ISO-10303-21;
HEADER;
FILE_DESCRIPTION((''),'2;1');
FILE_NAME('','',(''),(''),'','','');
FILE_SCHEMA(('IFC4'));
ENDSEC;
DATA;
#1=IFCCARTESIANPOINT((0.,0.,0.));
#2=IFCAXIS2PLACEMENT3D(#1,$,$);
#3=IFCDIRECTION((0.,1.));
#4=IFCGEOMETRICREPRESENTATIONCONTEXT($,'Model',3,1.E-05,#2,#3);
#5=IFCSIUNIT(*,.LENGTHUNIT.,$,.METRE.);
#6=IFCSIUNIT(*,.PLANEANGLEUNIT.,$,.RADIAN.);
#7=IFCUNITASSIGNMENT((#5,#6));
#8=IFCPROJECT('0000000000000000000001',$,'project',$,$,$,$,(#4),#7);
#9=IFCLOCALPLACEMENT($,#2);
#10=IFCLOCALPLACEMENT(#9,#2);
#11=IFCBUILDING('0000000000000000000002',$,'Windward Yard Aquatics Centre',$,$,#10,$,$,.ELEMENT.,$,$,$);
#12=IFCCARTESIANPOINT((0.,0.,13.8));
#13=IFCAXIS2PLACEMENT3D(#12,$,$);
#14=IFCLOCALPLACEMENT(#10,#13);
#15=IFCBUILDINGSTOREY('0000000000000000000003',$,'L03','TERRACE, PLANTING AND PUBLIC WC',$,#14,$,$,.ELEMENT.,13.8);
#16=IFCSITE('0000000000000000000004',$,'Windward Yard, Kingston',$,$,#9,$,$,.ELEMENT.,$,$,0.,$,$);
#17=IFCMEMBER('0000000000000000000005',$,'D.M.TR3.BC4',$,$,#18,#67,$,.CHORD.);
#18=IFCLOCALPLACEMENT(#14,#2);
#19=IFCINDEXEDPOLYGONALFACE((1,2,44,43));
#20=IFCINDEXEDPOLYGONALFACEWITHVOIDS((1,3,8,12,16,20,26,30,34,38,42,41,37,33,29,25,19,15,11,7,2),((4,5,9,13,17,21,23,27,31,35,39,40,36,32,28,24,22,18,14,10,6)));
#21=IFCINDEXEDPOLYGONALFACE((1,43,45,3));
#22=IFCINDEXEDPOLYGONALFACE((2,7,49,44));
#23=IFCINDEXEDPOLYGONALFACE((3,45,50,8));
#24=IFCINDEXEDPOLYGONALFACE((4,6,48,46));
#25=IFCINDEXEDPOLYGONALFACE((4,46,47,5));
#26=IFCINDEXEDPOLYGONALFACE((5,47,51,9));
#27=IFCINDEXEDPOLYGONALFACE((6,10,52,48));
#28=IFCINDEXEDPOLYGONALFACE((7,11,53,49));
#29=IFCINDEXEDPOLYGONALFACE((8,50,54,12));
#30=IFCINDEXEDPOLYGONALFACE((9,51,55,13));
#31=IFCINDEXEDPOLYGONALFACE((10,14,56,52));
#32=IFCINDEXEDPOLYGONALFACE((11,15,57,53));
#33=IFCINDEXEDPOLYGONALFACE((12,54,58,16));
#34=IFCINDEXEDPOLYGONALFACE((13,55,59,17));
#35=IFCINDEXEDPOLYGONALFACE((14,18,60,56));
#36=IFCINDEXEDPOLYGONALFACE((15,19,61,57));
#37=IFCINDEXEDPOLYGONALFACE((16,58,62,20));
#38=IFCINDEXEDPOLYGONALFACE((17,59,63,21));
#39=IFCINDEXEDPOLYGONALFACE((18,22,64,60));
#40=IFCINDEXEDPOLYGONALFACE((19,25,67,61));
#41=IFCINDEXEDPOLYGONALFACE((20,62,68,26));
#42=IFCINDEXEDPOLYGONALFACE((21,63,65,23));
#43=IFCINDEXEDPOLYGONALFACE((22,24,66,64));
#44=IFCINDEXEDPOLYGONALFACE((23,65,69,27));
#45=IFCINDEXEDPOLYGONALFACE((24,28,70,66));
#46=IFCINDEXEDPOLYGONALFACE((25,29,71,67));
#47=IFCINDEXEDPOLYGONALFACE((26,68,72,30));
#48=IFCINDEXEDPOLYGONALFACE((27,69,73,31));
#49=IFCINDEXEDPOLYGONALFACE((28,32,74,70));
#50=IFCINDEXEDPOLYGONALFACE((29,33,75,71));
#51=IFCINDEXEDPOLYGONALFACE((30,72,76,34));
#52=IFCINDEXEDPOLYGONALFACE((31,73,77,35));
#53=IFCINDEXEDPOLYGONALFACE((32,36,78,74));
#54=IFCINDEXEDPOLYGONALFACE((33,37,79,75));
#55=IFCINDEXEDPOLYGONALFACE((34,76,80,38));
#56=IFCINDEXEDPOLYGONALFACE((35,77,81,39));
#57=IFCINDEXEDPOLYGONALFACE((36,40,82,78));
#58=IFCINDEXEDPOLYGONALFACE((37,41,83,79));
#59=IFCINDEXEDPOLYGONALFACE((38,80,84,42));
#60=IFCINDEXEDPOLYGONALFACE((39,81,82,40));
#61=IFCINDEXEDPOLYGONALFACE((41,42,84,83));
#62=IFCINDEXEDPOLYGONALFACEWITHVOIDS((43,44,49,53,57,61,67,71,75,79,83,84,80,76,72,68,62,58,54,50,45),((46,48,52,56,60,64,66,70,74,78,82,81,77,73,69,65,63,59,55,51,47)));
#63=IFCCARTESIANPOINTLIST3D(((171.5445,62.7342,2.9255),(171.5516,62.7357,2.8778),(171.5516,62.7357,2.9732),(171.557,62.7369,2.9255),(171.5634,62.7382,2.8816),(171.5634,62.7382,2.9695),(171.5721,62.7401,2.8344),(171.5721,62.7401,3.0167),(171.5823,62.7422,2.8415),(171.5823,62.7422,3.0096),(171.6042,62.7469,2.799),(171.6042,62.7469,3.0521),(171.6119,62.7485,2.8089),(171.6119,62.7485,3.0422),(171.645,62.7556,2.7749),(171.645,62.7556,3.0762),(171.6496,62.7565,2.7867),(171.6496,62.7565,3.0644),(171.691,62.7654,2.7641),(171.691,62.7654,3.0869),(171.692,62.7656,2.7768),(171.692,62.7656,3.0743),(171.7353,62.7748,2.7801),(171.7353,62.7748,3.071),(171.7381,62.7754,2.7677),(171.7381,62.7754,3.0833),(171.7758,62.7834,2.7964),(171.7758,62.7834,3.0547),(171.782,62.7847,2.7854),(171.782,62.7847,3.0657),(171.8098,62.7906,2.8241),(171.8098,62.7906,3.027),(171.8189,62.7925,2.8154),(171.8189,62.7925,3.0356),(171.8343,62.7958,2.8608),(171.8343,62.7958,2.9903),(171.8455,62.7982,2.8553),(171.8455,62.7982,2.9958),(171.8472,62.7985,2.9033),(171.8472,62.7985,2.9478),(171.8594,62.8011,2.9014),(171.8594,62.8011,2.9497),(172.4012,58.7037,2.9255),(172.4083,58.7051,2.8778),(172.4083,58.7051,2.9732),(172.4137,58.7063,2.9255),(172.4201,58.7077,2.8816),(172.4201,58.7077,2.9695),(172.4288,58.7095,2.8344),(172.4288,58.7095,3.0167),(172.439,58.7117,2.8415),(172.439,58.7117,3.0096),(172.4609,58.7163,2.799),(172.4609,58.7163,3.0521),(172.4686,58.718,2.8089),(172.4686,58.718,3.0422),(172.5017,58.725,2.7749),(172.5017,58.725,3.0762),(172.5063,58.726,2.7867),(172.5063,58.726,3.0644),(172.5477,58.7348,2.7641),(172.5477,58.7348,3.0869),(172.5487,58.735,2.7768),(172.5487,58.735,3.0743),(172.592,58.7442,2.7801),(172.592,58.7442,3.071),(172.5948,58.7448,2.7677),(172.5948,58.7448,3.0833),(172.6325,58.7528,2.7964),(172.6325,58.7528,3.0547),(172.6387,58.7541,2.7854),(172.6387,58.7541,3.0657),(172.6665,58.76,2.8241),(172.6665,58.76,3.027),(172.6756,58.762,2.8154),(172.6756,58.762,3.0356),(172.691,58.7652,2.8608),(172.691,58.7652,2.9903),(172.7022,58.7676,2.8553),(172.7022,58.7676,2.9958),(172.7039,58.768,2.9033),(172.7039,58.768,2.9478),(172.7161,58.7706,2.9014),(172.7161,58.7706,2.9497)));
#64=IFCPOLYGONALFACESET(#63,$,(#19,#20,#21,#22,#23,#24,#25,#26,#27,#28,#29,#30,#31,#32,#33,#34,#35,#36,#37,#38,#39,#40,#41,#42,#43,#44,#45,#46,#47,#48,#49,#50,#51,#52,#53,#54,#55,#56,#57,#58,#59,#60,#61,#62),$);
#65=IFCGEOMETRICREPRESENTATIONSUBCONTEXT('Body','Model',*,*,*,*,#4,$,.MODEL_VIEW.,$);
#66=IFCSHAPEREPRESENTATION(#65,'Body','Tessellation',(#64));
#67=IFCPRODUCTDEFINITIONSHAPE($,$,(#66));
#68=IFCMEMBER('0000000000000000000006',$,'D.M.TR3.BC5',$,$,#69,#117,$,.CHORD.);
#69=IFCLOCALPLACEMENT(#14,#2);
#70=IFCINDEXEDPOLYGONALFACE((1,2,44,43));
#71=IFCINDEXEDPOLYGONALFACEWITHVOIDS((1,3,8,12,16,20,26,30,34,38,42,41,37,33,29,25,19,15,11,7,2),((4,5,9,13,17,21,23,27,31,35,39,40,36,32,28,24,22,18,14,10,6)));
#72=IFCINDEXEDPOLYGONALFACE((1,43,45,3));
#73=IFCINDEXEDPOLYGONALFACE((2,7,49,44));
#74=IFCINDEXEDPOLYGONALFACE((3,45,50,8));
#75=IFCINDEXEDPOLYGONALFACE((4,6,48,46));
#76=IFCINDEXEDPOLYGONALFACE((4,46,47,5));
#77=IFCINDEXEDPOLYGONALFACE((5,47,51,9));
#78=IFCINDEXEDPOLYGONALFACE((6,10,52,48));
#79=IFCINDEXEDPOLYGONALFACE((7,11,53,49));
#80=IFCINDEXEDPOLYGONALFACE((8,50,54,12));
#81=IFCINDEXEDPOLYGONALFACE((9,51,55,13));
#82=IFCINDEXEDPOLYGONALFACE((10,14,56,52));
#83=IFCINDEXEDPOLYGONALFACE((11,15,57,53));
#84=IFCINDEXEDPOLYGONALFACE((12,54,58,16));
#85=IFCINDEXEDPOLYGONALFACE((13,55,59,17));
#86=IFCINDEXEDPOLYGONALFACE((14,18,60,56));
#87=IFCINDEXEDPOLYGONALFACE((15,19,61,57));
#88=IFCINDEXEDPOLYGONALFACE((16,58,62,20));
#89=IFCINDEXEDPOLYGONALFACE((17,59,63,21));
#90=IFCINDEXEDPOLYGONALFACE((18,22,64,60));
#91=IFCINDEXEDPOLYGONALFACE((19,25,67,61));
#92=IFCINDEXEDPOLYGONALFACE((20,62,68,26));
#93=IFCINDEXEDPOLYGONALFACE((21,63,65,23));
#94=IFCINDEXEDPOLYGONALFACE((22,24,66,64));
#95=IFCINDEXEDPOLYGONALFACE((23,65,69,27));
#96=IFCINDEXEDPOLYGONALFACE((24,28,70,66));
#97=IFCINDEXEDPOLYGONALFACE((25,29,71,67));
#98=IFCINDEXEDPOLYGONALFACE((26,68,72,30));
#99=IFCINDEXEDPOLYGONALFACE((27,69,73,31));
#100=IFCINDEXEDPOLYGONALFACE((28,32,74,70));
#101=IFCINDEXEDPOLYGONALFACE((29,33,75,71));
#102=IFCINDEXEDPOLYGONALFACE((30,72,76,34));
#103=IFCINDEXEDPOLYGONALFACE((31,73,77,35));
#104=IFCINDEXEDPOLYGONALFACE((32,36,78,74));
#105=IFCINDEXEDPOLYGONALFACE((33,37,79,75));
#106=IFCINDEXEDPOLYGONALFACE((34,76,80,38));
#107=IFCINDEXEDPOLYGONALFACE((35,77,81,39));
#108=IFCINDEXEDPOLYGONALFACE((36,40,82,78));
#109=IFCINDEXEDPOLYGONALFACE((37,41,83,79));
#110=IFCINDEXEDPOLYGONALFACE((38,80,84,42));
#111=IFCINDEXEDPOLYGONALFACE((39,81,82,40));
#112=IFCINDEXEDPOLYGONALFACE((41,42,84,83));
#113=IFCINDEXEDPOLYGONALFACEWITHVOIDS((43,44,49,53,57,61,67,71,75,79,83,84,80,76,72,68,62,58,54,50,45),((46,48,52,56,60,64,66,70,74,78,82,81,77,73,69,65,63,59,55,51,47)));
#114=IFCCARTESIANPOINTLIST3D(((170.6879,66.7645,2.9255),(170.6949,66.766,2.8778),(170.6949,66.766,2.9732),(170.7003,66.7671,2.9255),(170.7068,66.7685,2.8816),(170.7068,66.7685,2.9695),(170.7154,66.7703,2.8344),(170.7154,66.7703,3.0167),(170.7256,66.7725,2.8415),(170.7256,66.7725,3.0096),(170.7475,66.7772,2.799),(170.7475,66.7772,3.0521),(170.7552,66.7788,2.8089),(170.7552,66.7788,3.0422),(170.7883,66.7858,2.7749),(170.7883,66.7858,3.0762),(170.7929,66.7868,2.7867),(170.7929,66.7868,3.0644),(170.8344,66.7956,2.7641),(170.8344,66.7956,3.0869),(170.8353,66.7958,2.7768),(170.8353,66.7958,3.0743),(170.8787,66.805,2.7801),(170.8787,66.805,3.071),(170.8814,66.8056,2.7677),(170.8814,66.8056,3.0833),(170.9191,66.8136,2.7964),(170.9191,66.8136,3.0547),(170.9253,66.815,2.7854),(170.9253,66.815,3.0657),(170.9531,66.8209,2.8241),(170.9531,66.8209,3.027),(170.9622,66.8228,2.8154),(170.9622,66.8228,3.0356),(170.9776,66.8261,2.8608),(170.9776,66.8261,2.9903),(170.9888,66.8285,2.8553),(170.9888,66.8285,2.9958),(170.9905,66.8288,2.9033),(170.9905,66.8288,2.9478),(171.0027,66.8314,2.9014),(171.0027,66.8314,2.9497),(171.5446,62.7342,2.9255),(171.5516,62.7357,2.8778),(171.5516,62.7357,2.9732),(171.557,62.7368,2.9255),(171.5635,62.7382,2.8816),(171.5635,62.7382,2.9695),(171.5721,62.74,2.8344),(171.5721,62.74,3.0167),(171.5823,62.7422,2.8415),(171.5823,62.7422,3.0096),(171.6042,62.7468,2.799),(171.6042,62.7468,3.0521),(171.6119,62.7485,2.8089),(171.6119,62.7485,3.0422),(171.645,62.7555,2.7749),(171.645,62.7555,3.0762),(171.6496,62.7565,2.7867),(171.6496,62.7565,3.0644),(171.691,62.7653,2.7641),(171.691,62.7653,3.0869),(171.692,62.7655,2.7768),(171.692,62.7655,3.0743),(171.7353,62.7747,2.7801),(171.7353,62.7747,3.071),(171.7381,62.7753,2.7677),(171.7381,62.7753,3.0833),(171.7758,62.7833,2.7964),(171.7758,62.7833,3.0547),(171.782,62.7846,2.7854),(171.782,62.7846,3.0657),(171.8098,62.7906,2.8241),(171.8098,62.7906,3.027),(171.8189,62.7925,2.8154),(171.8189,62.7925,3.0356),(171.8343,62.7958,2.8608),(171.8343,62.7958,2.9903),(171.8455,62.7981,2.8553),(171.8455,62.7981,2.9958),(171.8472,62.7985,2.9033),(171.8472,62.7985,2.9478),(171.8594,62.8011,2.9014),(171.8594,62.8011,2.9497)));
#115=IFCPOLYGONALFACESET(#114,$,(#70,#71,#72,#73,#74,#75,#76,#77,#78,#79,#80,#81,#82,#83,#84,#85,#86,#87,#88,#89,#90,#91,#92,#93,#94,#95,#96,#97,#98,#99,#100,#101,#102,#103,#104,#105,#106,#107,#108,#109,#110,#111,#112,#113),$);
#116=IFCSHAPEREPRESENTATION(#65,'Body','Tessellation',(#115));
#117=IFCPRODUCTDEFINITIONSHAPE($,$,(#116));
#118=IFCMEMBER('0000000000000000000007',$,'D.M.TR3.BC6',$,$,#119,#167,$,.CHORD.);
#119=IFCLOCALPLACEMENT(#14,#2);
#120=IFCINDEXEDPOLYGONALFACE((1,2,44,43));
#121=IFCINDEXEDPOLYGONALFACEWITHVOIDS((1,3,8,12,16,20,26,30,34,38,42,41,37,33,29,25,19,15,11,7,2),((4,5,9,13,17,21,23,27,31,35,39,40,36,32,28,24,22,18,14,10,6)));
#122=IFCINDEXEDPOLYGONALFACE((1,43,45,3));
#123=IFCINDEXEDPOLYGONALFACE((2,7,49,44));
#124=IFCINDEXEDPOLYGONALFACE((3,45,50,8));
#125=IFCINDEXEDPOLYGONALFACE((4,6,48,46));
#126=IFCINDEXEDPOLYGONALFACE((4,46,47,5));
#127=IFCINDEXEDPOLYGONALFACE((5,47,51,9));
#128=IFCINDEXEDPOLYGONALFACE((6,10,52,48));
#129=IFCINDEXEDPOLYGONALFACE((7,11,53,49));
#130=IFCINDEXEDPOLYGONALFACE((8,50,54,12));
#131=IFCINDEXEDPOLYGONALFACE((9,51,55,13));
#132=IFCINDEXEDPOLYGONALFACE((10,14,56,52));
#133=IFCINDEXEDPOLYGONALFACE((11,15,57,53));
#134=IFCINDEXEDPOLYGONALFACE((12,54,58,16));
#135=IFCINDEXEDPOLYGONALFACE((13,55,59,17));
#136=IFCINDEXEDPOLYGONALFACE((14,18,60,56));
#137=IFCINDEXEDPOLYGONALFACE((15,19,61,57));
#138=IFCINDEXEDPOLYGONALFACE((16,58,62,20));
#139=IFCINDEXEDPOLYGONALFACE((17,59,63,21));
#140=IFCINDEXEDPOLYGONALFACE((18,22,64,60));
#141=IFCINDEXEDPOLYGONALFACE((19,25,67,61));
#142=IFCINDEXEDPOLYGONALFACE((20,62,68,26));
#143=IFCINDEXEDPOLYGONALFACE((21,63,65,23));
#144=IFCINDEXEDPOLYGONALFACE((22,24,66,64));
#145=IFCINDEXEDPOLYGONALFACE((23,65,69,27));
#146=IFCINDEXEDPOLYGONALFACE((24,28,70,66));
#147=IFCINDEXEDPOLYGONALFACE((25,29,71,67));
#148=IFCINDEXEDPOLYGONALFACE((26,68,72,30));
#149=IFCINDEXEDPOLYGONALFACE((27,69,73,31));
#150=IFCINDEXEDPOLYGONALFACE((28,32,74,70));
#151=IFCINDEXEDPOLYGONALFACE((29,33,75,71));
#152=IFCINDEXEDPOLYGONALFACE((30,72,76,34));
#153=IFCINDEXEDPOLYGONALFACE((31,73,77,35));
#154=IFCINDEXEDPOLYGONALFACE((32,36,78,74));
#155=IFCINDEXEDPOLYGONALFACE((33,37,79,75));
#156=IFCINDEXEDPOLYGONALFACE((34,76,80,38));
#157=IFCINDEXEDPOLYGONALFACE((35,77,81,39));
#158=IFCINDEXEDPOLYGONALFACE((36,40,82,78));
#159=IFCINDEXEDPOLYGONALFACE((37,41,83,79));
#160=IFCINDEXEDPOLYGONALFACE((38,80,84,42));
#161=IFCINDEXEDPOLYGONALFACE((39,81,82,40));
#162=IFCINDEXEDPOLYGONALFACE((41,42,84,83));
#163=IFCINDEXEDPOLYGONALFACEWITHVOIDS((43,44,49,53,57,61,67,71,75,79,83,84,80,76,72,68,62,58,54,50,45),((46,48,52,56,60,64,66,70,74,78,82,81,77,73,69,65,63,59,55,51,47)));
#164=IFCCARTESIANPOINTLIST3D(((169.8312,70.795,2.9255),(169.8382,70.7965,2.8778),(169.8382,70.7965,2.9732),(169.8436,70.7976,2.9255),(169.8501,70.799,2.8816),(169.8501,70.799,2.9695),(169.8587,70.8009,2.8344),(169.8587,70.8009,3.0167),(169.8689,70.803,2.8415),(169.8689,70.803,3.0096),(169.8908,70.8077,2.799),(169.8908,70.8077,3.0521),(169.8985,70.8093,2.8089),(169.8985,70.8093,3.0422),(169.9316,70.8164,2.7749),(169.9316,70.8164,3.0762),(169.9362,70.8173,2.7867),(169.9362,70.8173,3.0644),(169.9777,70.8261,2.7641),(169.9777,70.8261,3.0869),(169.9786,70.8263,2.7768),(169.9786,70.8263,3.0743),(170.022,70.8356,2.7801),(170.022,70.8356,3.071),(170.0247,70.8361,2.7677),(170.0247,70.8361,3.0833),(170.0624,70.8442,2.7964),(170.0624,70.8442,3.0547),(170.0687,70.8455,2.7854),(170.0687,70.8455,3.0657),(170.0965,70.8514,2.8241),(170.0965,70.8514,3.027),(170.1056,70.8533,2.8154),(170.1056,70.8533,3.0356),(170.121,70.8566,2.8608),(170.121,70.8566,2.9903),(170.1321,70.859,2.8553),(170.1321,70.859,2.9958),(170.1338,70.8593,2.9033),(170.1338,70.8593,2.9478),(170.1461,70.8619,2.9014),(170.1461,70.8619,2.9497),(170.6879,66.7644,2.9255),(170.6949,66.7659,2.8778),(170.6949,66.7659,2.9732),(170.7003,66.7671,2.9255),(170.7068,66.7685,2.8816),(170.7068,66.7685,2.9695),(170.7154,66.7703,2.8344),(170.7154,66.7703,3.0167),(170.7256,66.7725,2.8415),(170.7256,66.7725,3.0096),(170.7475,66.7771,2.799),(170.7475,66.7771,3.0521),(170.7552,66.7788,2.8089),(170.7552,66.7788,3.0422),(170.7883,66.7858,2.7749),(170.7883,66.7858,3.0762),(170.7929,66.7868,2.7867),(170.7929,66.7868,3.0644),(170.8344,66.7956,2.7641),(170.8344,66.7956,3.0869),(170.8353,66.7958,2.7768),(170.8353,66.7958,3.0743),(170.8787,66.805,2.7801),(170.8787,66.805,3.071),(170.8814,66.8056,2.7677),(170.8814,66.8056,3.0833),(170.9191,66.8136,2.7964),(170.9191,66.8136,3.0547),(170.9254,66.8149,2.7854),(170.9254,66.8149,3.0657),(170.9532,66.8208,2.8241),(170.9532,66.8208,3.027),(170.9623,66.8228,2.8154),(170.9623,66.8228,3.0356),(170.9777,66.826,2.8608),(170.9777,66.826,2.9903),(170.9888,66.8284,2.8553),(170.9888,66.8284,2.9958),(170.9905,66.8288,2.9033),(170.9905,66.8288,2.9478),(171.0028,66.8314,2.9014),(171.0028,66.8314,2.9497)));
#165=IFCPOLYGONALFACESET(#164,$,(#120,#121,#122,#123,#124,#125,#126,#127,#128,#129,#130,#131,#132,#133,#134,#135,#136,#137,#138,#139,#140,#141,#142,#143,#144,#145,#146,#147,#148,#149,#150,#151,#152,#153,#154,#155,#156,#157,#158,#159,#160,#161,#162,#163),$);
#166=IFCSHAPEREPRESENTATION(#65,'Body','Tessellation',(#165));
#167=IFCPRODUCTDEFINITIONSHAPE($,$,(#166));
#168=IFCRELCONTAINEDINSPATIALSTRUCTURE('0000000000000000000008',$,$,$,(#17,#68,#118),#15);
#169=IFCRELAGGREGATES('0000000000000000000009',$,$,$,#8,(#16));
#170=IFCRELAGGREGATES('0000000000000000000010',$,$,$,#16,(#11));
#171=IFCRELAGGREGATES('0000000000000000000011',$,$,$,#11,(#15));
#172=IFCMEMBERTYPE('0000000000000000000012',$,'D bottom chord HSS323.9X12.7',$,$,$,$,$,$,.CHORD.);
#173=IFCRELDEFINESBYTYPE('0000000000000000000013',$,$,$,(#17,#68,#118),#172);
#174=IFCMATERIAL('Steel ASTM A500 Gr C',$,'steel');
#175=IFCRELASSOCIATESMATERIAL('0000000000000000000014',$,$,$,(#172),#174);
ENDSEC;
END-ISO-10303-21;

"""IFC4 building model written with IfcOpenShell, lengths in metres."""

from ifc_helpers import new_model, si_unit, direction, frame, origin, origin_2d, place, context, subcontext, project, spatial, hollow_circle, extrude, material, material_profile, profile_set, type_object, element, save


model = new_model("IFC4")

# Units and contexts
model_context = context("Model", 3, precision=1e-05, world=origin(), true_north=direction((0.0, 1.0)))
body_context = subcontext(model_context, "Body", "Model", "MODEL_VIEW")
ifc_project = project(units=[si_unit("LENGTHUNIT", "METRE"), si_unit("PLANEANGLEUNIT", "RADIAN")], contexts=[model_context])

# Site, building, storey
site_placement = place(None, origin())
site = spatial("IfcSite", under=ifc_project, at=site_placement, Name="Windward Yard, Kingston", CompositionType="ELEMENT", RefElevation=0.0)
building_placement = place(site_placement, origin())
building = spatial("IfcBuilding", under=site, at=building_placement, Name="Windward Yard Aquatics Centre", CompositionType="ELEMENT")
storey_placement = place(building_placement, frame((0.0, 0.0, 13.8)))
storey = spatial("IfcBuildingStorey", under=building, at=storey_placement, Name="L03", Description="TERRACE, PLANTING AND PUBLIC WC", CompositionType="ELEMENT", Elevation=13.8)

# Members
ifc_material_1 = material(Name="Steel ASTM A500 Gr C", Category="steel")
ifc_material_profile_1 = material_profile(ifc_material_1, hollow_circle(Radius=0.1619, WallThickness=0.0127, at=origin_2d()), Name="HSS323.9X12.7")
ifc_profile_set_1 = profile_set([ifc_material_profile_1], Name="Steel ASTM A500 Gr C")
member_type_1 = type_object("IfcMemberType", Name="D bottom chord HSS323.9X12.7", PredefinedType="CHORD", material=ifc_profile_set_1)
for number, where, z_axis, x_axis, name in (
    (1, (172.5596, 58.7373, 2.9255), (-0.207906, 0.978149, 0.0), (-0.978149, -0.207906, 0.0), "D.M.TR3.BC4"),
):
    element("IfcMember", number, at=place(storey_placement, frame(where, z_axis=z_axis, x_axis=x_axis)), inside=storey, type_object=member_type_1, Name=name, PredefinedType="CHORD", context=body_context, shape_type="SweptSolid", body=[
        extrude(hollow_circle(Radius=0.1619, WallThickness=0.0127, at=origin_2d()), origin(), (0.0, 0.0, 1.0), 4.1206),
    ])
member_1_placement = place(storey_placement, frame((171.7029, 62.7678, 2.9255), z_axis=(-0.207918, 0.978146, 0.0), x_axis=(-0.978146, -0.207918, 0.0)))
element("IfcMember", 2, at=member_1_placement, inside=storey, type_object=member_type_1, Name="D.M.TR3.BC5", PredefinedType="CHORD", context=body_context, shape_type="SweptSolid", body=[
    extrude(hollow_circle(Radius=0.1619, WallThickness=0.0127, at=origin_2d()), origin(), (0.0, 0.0, 1.0), 4.1204),
])
for number, where, z_axis, x_axis, name in (
    (3, (170.8462, 66.7981, 2.9255), (-0.207906, 0.978149, 0.0), (-0.978149, -0.207906, 0.0), "D.M.TR3.BC6"),
):
    element("IfcMember", number, at=place(storey_placement, frame(where, z_axis=z_axis, x_axis=x_axis)), inside=storey, type_object=member_type_1, Name=name, PredefinedType="CHORD", context=body_context, shape_type="SweptSolid", body=[
        extrude(hollow_circle(Radius=0.1619, WallThickness=0.0127, at=origin_2d()), origin(), (0.0, 0.0, 1.0), 4.1206),
    ])

save(model, "model.ifc")
